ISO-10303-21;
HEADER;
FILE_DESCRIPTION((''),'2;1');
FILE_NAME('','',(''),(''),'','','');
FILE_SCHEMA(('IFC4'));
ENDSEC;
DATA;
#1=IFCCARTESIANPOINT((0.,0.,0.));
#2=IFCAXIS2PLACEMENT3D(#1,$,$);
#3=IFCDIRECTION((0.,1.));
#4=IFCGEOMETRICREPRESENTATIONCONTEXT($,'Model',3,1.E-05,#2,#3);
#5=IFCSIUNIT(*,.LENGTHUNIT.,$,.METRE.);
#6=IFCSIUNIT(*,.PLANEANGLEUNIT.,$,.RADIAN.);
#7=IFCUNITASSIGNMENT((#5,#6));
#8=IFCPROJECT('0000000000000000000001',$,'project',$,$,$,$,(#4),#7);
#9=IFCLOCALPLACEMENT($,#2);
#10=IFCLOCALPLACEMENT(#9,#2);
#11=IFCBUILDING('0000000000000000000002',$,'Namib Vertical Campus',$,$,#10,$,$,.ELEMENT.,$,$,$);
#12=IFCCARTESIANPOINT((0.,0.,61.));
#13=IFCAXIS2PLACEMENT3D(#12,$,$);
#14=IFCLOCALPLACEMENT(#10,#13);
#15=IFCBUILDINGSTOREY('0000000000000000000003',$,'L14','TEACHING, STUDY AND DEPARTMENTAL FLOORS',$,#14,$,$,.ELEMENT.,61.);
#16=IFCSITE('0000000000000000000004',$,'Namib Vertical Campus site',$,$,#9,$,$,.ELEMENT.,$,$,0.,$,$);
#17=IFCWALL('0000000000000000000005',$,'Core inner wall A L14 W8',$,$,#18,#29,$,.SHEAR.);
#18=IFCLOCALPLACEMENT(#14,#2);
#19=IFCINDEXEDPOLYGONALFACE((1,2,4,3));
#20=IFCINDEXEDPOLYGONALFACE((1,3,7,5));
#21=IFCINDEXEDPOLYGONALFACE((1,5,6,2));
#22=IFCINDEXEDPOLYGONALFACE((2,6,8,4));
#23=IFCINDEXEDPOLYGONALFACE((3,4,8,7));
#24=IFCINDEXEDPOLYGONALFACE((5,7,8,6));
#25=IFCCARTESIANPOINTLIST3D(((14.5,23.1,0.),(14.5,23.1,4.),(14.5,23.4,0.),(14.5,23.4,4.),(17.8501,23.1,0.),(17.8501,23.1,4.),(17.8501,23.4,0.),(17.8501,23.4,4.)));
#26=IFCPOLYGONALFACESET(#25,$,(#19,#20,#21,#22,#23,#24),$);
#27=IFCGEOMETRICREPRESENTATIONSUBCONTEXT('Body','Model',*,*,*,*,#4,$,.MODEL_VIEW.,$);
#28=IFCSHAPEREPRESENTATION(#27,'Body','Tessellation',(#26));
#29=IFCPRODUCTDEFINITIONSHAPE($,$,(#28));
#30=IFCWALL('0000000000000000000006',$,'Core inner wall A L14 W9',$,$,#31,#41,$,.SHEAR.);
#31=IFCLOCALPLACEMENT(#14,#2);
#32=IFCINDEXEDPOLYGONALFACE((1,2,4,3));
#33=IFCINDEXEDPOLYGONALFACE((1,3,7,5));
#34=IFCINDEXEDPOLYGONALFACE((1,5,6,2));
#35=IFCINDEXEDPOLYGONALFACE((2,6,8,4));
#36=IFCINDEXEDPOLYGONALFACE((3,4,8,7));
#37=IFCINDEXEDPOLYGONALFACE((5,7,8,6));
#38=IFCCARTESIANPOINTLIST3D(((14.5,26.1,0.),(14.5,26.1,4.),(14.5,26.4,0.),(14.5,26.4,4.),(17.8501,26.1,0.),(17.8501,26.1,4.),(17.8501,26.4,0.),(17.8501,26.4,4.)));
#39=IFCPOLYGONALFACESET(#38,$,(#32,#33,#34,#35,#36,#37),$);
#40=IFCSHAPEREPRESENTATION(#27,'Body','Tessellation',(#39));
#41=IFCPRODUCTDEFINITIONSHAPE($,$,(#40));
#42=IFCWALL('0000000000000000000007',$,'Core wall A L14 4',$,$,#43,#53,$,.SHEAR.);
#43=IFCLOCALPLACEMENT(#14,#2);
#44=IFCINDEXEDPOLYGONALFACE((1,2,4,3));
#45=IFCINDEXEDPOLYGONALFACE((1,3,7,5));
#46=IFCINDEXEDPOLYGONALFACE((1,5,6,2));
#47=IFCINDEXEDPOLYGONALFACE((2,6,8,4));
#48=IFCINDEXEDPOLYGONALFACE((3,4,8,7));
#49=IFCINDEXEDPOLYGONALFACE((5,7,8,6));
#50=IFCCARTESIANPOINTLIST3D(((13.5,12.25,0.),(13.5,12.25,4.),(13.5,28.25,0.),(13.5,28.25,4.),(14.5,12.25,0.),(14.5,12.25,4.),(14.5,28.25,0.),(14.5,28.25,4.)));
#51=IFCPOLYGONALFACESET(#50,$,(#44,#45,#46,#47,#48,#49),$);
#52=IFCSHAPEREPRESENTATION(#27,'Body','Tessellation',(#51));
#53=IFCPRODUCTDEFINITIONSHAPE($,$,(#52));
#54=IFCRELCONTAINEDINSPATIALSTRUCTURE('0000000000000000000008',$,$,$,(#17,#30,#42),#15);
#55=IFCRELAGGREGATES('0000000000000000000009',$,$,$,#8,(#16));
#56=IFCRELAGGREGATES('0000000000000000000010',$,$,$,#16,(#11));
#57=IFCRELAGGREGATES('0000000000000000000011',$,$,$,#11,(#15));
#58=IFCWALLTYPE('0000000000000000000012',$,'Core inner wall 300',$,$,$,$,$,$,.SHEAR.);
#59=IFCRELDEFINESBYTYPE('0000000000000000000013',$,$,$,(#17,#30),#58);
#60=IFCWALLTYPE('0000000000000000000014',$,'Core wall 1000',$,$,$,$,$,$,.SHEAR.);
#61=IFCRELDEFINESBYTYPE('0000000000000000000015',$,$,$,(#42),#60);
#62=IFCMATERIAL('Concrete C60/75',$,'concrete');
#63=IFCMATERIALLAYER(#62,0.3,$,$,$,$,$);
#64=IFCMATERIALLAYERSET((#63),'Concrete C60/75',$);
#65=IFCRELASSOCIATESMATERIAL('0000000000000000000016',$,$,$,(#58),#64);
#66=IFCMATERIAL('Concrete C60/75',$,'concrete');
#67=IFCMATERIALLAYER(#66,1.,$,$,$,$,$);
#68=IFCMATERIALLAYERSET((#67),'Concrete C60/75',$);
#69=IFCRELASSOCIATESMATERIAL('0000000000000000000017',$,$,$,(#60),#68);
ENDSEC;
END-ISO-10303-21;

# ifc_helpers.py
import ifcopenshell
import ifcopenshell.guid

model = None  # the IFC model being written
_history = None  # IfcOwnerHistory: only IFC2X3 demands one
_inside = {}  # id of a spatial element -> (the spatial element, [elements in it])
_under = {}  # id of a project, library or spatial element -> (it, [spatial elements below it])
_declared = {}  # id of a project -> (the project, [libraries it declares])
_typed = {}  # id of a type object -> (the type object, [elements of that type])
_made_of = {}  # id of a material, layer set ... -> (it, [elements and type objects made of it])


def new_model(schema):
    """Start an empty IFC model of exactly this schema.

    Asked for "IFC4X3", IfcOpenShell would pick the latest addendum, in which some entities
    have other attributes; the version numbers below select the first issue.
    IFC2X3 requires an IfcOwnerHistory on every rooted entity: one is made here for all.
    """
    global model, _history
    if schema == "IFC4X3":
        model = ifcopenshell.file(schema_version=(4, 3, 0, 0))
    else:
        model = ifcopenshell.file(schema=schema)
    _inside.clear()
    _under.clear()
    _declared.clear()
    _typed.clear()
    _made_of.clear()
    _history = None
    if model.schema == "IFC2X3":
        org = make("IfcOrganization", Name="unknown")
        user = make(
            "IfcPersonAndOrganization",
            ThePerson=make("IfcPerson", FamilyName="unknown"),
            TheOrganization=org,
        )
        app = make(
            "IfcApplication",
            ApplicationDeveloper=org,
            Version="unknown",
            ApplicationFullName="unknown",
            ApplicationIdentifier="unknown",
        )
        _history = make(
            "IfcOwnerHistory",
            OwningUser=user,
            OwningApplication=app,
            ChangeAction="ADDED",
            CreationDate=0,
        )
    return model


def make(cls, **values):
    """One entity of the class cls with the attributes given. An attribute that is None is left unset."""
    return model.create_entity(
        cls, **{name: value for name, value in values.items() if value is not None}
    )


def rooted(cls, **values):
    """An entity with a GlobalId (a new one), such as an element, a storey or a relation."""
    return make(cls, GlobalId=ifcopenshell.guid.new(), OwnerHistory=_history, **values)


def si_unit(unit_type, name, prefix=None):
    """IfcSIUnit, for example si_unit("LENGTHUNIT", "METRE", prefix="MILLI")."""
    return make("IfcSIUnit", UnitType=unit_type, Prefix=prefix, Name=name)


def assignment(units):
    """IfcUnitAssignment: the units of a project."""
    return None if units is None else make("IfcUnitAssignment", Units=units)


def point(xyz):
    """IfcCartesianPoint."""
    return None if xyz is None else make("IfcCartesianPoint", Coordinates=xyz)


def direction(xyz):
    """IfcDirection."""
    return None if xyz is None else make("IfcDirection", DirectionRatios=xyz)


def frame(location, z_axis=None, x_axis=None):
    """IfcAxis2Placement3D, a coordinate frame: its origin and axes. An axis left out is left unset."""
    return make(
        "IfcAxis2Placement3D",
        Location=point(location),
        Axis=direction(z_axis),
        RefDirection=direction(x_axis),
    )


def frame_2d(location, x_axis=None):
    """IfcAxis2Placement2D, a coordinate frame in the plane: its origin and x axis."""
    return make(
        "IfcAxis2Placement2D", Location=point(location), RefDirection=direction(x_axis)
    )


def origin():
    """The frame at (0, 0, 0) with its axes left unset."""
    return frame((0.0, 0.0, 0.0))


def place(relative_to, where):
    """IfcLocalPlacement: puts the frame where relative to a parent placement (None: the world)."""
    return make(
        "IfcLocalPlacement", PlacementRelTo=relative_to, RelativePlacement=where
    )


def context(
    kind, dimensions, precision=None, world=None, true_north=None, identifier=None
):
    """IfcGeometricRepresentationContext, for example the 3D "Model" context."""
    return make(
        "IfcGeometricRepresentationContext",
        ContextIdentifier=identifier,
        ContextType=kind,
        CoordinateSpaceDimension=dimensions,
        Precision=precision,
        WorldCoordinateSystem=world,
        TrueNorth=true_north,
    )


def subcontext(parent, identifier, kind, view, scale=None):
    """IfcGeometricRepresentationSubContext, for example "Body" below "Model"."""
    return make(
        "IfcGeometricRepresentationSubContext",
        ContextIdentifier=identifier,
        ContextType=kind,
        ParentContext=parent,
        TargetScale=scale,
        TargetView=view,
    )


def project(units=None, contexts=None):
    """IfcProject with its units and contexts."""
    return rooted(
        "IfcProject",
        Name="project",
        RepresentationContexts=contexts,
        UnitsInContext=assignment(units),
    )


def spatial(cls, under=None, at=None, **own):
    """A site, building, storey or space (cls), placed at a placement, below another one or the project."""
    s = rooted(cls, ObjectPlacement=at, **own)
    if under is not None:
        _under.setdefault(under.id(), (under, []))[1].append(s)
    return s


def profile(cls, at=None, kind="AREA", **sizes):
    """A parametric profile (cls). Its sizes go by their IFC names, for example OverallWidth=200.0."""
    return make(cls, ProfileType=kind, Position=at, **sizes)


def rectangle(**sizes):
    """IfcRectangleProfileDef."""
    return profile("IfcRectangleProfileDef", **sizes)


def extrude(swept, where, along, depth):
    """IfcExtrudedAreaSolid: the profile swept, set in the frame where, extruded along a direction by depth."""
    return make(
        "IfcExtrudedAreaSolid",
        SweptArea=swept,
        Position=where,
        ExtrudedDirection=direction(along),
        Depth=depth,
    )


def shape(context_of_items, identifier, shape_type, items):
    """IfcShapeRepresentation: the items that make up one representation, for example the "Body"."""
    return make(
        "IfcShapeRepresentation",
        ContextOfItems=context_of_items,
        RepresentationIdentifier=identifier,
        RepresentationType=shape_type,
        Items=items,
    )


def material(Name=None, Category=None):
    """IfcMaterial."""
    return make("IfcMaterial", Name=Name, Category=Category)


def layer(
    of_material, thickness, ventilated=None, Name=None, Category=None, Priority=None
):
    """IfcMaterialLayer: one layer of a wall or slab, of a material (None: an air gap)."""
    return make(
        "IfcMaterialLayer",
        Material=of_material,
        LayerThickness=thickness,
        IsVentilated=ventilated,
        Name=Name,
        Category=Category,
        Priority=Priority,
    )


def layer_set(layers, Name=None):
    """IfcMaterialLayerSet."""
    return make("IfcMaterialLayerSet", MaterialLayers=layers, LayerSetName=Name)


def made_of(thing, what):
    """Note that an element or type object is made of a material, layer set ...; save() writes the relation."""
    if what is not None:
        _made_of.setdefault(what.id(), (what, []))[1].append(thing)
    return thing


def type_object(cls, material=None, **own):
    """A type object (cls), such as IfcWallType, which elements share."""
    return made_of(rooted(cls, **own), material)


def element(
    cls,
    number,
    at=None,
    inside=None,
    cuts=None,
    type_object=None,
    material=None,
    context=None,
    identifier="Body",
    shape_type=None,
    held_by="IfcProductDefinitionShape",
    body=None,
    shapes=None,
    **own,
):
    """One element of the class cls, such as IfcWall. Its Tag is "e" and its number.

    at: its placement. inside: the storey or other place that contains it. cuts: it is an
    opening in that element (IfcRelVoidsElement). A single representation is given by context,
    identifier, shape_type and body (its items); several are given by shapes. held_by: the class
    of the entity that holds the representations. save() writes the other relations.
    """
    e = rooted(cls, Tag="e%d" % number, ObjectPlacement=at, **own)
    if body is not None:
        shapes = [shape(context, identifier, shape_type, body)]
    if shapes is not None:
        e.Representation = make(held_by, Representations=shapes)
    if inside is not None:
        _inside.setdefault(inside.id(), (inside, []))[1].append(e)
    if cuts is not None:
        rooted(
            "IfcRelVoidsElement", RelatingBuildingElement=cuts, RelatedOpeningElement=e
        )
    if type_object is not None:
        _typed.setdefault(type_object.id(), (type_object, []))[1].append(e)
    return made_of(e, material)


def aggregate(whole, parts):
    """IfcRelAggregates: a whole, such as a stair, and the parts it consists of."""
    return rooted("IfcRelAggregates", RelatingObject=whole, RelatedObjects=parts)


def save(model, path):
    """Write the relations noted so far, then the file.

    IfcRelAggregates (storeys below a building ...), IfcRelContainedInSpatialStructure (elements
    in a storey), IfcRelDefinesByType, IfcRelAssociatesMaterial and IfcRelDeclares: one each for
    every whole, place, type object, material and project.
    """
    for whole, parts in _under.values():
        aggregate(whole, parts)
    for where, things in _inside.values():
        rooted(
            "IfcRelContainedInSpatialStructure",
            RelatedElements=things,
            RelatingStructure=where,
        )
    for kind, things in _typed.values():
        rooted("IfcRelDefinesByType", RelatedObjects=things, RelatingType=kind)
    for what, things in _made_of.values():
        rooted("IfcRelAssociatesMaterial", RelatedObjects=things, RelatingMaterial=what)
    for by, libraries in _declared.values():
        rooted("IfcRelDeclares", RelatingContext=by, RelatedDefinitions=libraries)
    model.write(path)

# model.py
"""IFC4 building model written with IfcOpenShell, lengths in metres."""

from ifc_helpers import new_model, si_unit, direction, frame, frame_2d, origin, place, context, subcontext, project, spatial, rectangle, extrude, material, layer, layer_set, type_object, element, save


model = new_model("IFC4")

# Units and contexts
model_context = context("Model", 3, precision=1e-05, world=origin(), true_north=direction((0.0, 1.0)))
body_context = subcontext(model_context, "Body", "Model", "MODEL_VIEW")
ifc_project = project(units=[si_unit("LENGTHUNIT", "METRE"), si_unit("PLANEANGLEUNIT", "RADIAN")], contexts=[model_context])

# Site, building, storey
site_placement = place(None, origin())
site = spatial("IfcSite", under=ifc_project, at=site_placement, Name="Namib Vertical Campus site", CompositionType="ELEMENT", RefElevation=0.0)
building_placement = place(site_placement, origin())
building = spatial("IfcBuilding", under=site, at=building_placement, Name="Namib Vertical Campus", CompositionType="ELEMENT")
storey_placement = place(building_placement, frame((0.0, 0.0, 61.0)))
storey = spatial("IfcBuildingStorey", under=building, at=storey_placement, Name="L14", Description="TEACHING, STUDY AND DEPARTMENTAL FLOORS", CompositionType="ELEMENT", Elevation=61.0)

# Walls
ifc_material_1 = material(Name="Concrete C60/75", Category="concrete")
ifc_layer_1 = layer(ifc_material_1, 0.3)
ifc_layer_set_1 = layer_set([ifc_layer_1], Name="Concrete C60/75")
wall_type_1 = type_object("IfcWallType", Name="Core inner wall 300", PredefinedType="SHEAR", material=ifc_layer_set_1)
for number, where, z_axis, x_axis, name in (
    (1, (14.5, 23.25, 0.0), (0.0, 0.0, 1.0), (1.0, 0.0, 0.0), "Core inner wall A L14 W8"),
    (2, (14.5, 26.25, 0.0), (0.0, 0.0, 1.0), (1.0, 0.0, 0.0), "Core inner wall A L14 W9"),
):
    element("IfcWall", number, at=place(storey_placement, frame(where, z_axis=z_axis, x_axis=x_axis)), inside=storey, type_object=wall_type_1, Name=name, PredefinedType="SHEAR", context=body_context, shape_type="SweptSolid", body=[
        extrude(rectangle(XDim=3.3501, YDim=0.3, at=frame_2d((1.675, 0.0))), origin(), (0.0, 0.0, 1.0), 4.0),
    ])
ifc_material_2 = material(Name="Concrete C60/75", Category="concrete")
ifc_layer_2 = layer(ifc_material_2, 1.0)
ifc_layer_set_2 = layer_set([ifc_layer_2], Name="Concrete C60/75")
wall_type_2 = type_object("IfcWallType", Name="Core wall 1000", PredefinedType="SHEAR", material=ifc_layer_set_2)
wall_1_placement = place(storey_placement, frame((14.0, 28.25, 0.0), z_axis=(0.0, 0.0, 1.0), x_axis=(0.0, -1.0, 0.0)))
element("IfcWall", 3, at=wall_1_placement, inside=storey, type_object=wall_type_2, Name="Core wall A L14 4", PredefinedType="SHEAR", context=body_context, shape_type="SweptSolid", body=[
    extrude(rectangle(XDim=16.0, YDim=1.0, at=frame_2d((8.0, 0.0))), origin(), (0.0, 0.0, 1.0), 4.0),
])

save(model, "model.ifc")
